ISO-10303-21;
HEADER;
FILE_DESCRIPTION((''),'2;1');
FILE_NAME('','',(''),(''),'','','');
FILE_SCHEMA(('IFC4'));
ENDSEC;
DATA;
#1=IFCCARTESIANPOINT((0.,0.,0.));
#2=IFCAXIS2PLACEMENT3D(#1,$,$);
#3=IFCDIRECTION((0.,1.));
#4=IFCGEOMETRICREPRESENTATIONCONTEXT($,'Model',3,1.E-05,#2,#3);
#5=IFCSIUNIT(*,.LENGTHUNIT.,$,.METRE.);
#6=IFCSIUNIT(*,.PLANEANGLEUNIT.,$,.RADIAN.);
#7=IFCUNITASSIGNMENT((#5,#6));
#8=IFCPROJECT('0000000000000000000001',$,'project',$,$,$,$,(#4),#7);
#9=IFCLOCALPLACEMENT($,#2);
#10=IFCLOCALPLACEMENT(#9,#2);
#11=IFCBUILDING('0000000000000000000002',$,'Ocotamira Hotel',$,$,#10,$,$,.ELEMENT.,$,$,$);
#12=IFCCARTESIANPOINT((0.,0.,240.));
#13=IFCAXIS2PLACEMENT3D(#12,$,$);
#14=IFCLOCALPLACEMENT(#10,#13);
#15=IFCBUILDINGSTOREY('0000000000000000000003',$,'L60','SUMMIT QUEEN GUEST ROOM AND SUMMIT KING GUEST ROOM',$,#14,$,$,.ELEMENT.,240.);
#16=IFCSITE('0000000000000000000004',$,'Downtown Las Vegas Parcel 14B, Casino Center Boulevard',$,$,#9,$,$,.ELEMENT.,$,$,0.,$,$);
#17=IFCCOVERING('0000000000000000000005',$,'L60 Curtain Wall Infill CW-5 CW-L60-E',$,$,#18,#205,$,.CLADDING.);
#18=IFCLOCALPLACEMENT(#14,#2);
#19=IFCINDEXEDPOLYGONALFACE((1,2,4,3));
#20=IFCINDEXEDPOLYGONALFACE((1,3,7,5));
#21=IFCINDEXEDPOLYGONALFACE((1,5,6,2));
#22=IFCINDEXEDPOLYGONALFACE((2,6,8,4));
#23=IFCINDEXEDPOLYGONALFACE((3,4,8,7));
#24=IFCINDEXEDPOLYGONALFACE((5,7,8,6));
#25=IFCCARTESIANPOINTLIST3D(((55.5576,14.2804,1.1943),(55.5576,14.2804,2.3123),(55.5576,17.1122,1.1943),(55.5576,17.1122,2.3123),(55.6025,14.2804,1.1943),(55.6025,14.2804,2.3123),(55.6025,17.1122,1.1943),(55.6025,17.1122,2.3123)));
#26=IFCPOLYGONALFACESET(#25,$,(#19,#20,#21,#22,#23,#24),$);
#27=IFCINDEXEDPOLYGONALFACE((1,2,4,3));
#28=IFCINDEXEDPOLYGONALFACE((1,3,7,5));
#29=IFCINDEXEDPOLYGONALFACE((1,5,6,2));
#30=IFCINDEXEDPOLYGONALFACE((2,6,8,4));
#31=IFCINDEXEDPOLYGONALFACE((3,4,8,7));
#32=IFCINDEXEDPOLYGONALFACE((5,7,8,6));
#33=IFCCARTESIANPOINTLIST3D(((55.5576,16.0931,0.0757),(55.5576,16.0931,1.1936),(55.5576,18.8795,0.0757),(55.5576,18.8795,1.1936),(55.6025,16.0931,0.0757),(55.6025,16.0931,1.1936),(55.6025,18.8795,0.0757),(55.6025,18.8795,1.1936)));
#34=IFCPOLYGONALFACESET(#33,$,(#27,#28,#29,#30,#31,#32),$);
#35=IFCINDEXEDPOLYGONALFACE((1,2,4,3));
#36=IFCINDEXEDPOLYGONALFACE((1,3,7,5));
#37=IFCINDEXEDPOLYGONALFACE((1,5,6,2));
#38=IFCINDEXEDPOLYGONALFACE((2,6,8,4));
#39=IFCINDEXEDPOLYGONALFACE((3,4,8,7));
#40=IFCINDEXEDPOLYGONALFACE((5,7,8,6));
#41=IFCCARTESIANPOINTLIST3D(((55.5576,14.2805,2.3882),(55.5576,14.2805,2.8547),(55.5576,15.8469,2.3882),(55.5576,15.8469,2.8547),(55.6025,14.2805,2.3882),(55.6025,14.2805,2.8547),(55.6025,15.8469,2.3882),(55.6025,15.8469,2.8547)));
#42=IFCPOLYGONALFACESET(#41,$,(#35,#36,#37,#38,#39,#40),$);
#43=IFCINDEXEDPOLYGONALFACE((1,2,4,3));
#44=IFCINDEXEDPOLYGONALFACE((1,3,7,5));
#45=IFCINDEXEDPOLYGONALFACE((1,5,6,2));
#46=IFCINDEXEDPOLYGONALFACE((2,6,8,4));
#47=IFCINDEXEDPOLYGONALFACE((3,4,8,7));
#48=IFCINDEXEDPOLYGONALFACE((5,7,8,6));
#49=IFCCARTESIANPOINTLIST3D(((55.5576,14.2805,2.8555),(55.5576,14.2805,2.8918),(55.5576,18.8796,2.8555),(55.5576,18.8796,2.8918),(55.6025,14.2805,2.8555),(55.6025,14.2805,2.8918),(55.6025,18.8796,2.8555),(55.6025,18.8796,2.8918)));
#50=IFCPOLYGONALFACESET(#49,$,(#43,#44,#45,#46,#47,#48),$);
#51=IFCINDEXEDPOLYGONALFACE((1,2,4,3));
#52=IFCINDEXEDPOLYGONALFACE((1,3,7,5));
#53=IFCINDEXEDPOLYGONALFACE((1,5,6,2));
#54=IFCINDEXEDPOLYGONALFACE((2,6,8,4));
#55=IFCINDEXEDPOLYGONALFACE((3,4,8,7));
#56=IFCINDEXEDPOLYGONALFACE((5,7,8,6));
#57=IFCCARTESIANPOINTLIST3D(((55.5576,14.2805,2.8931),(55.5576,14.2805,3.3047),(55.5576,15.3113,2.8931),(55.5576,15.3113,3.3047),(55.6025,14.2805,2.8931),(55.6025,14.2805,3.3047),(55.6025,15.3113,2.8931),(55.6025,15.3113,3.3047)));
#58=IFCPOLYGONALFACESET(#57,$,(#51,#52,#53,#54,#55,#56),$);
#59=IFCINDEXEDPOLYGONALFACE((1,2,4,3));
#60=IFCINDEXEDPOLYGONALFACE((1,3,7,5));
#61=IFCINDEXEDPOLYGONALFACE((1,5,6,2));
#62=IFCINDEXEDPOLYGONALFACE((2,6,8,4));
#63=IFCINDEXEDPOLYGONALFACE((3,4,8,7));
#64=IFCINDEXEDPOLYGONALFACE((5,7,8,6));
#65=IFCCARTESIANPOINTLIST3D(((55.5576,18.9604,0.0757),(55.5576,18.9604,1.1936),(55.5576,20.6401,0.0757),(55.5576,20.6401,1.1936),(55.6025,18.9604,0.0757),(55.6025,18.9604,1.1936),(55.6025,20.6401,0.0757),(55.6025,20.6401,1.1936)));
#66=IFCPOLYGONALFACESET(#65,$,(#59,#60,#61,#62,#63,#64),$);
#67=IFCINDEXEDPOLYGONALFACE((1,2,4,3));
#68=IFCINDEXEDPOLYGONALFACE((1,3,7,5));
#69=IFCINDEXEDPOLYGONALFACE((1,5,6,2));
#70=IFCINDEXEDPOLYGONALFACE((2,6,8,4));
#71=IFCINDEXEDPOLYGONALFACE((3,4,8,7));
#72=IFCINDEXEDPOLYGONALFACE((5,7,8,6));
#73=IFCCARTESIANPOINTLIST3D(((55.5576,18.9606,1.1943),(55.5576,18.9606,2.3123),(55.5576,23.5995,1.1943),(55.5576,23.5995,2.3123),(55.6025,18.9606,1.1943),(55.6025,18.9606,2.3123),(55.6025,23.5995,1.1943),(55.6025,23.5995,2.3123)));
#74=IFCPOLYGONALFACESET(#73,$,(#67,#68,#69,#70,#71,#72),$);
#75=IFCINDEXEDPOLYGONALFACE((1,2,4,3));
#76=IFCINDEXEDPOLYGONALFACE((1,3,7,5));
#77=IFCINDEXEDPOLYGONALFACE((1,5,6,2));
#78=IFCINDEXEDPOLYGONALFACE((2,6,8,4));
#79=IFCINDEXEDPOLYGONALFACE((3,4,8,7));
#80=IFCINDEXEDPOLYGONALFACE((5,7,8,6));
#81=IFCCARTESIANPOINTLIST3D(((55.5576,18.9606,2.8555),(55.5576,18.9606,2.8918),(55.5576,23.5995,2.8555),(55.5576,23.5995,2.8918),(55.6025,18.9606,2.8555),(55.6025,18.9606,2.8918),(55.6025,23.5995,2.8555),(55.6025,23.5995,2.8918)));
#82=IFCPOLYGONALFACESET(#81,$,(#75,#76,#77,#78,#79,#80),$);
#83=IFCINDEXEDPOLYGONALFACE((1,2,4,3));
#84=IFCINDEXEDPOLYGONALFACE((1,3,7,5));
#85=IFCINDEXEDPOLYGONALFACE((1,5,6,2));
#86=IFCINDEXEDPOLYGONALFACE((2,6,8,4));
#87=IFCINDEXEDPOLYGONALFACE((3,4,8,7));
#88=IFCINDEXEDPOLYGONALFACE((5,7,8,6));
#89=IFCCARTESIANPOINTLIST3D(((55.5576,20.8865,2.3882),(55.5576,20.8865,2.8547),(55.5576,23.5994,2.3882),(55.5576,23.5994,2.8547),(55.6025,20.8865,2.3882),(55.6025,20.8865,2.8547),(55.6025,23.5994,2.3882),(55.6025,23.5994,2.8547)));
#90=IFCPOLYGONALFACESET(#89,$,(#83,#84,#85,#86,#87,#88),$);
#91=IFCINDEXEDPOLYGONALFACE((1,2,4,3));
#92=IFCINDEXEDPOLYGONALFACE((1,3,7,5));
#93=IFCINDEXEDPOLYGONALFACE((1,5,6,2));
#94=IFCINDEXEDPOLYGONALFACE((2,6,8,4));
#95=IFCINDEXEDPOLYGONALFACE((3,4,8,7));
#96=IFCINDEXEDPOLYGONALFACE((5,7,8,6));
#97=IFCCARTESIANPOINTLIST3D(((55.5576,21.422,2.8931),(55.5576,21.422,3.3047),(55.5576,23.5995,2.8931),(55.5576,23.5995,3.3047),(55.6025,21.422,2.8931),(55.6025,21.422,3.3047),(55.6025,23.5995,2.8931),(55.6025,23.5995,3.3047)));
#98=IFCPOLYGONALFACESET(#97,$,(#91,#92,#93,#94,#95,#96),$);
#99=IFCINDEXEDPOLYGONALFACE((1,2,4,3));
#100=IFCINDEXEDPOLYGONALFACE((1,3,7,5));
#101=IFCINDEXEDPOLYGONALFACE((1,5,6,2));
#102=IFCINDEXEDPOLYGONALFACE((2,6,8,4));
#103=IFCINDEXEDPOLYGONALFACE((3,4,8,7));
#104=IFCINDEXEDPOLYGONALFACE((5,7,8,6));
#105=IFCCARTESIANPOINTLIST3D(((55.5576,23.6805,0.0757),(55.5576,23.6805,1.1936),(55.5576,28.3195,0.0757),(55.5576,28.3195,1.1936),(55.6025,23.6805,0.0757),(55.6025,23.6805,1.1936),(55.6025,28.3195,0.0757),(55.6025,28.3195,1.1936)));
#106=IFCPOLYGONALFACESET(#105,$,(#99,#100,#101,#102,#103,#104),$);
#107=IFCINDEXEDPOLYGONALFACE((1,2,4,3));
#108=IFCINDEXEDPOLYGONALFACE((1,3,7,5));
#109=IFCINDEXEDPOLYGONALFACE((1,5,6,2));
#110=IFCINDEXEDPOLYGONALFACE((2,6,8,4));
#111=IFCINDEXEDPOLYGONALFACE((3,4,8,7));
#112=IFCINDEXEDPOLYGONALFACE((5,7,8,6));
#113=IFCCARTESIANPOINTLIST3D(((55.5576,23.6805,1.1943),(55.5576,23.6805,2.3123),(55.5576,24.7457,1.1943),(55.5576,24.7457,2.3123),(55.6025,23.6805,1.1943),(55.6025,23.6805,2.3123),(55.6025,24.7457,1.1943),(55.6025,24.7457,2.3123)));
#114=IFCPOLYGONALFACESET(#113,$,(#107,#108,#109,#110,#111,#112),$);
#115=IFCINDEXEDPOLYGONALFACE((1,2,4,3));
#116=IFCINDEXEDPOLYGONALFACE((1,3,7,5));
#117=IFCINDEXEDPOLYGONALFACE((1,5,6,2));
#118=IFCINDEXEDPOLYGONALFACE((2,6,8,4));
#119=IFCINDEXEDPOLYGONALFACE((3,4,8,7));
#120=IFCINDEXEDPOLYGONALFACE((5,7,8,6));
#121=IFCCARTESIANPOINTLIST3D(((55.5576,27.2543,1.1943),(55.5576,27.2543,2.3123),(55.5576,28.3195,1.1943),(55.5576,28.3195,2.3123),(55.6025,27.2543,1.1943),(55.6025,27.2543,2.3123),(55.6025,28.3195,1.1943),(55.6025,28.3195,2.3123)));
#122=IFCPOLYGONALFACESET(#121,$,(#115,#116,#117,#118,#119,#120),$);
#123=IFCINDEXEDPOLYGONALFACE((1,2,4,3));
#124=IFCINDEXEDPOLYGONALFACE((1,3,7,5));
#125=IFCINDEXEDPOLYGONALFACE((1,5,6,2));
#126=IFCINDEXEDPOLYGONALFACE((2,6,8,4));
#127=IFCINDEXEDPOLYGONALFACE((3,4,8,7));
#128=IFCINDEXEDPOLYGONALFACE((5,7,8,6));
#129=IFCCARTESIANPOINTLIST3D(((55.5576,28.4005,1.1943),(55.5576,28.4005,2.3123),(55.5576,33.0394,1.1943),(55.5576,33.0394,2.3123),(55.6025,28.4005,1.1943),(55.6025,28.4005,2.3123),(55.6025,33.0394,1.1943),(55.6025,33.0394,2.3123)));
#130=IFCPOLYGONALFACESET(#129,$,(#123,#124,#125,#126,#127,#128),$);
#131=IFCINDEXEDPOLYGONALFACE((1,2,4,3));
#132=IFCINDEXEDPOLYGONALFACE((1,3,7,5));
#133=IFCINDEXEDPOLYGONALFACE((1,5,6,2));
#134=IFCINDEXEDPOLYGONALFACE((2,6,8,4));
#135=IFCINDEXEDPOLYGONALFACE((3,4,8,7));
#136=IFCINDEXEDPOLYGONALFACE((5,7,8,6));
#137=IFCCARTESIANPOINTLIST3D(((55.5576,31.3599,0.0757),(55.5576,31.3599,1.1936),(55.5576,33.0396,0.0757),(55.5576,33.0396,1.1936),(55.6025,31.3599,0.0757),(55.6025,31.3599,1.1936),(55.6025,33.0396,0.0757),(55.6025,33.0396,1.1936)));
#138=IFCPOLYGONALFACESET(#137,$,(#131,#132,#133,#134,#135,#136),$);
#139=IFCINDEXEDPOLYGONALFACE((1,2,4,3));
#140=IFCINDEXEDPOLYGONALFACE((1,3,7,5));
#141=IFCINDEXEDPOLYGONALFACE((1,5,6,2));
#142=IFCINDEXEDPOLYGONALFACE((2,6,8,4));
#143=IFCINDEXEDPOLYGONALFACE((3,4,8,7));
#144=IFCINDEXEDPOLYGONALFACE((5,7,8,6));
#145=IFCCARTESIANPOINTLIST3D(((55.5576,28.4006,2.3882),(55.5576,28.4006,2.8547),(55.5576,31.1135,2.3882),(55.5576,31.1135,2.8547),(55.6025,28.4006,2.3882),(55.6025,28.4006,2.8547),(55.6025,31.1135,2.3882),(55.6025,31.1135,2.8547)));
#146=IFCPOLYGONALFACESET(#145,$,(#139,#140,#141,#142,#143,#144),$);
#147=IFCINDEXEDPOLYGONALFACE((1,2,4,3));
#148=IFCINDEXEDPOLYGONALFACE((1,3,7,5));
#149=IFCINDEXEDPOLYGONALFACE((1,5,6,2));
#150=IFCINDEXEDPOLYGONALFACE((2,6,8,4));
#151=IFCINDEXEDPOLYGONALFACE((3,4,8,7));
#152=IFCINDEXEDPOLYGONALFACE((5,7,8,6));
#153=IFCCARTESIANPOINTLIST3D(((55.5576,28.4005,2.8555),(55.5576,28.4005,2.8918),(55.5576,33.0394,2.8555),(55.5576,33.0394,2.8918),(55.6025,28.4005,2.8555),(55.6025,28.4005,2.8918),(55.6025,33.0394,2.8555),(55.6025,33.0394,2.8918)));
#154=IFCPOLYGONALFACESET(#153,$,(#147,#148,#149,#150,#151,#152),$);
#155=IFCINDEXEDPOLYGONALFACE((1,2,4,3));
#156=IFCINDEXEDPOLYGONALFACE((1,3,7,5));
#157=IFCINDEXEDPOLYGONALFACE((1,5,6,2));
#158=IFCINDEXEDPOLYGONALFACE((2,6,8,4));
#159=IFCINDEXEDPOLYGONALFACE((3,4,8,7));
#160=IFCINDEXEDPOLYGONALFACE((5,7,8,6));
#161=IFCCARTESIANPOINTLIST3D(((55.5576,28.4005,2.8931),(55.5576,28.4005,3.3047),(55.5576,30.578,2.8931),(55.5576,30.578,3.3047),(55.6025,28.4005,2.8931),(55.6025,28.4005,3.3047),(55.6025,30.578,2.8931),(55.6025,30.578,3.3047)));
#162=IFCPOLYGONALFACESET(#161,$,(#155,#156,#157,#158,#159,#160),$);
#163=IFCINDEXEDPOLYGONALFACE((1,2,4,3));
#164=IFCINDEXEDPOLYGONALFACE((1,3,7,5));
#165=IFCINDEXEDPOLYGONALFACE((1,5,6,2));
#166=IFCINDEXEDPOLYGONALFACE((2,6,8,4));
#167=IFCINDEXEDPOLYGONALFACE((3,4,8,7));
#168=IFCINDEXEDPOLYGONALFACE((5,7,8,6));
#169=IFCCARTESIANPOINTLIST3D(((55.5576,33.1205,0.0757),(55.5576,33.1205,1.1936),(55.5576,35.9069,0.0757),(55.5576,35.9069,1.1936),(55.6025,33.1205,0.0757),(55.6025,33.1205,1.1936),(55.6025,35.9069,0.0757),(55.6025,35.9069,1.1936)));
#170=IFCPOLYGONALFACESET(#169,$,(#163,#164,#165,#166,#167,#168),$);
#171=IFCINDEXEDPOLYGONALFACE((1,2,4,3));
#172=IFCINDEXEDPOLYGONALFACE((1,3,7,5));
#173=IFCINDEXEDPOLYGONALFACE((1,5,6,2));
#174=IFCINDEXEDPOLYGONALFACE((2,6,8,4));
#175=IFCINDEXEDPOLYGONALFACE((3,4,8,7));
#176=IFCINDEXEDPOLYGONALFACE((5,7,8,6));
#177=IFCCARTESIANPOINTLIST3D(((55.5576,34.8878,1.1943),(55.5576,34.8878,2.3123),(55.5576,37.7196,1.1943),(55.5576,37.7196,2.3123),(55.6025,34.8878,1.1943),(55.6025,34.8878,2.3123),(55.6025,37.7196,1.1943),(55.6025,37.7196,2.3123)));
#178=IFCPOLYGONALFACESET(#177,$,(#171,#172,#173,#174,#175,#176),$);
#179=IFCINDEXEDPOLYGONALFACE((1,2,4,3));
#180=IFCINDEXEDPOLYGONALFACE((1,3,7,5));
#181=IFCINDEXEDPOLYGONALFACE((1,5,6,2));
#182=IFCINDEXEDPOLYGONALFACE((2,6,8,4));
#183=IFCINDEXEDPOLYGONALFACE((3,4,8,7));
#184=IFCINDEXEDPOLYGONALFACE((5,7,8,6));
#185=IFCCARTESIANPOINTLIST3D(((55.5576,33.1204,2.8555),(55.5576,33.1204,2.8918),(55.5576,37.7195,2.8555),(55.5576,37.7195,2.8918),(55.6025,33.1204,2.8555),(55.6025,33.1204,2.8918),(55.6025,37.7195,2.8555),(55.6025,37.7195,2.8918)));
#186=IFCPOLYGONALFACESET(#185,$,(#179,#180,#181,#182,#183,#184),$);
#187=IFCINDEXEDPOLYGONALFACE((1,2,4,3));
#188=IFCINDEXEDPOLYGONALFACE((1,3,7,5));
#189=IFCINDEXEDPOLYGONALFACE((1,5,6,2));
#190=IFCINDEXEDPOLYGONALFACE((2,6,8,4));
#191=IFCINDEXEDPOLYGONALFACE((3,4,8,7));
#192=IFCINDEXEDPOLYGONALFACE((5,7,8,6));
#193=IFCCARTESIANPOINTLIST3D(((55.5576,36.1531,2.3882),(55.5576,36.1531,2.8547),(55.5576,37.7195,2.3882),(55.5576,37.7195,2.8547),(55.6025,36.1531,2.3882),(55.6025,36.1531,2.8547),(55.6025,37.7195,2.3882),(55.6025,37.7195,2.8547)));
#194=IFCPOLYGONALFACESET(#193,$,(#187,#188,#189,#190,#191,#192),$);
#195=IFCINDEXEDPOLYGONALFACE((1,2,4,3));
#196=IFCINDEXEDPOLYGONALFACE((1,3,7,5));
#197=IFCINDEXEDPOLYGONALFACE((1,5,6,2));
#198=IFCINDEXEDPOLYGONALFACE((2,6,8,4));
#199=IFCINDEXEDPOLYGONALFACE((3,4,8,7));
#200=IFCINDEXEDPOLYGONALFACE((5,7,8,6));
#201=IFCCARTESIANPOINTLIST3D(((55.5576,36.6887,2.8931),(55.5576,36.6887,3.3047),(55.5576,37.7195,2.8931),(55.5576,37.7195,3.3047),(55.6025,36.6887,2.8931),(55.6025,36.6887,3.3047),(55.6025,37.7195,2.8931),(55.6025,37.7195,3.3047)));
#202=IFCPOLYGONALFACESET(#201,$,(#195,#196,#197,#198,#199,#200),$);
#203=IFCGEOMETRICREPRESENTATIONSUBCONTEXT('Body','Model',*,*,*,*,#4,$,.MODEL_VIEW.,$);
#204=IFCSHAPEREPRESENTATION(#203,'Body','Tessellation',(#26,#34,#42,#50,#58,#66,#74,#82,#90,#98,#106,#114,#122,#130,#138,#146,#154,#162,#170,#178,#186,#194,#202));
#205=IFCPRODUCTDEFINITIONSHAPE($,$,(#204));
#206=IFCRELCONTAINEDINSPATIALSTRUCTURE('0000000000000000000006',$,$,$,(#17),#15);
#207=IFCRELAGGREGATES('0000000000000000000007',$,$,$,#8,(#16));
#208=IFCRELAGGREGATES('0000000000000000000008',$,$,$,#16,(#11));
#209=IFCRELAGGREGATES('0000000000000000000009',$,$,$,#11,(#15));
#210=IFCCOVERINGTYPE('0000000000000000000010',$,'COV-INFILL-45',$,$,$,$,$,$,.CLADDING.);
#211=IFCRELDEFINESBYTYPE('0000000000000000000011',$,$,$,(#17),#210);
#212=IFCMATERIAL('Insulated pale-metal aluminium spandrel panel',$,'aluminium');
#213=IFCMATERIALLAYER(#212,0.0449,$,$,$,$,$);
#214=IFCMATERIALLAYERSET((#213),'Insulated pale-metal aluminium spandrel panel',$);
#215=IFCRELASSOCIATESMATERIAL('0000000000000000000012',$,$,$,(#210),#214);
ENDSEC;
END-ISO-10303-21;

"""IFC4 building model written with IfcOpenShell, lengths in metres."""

from ifc_helpers import new_model, si_unit, direction, frame, origin, origin_2d, place, context, subcontext, project, spatial, rectangle, extrude, material, layer, layer_set, type_object, element, save


model = new_model("IFC4")

# Units and contexts
model_context = context("Model", 3, precision=1e-05, world=origin(), true_north=direction((0.0, 1.0)))
body_context = subcontext(model_context, "Body", "Model", "MODEL_VIEW")
ifc_project = project(units=[si_unit("LENGTHUNIT", "METRE"), si_unit("PLANEANGLEUNIT", "RADIAN")], contexts=[model_context])

# Site, building, storey
site_placement = place(None, origin())
site = spatial("IfcSite", under=ifc_project, at=site_placement, Name="Downtown Las Vegas Parcel 14B, Casino Center Boulevard", CompositionType="ELEMENT", RefElevation=0.0)
building_placement = place(site_placement, origin())
building = spatial("IfcBuilding", under=site, at=building_placement, Name="Ocotamira Hotel", CompositionType="ELEMENT")
storey_placement = place(building_placement, frame((0.0, 0.0, 240.0)))
storey = spatial("IfcBuildingStorey", under=building, at=storey_placement, Name="L60", Description="SUMMIT QUEEN GUEST ROOM AND SUMMIT KING GUEST ROOM", CompositionType="ELEMENT", Elevation=240.0)

# Covering
ifc_material_1 = material(Name="Insulated pale-metal aluminium spandrel panel", Category="aluminium")
ifc_layer_1 = layer(ifc_material_1, 0.0449)
ifc_layer_set_1 = layer_set([ifc_layer_1], Name="Insulated pale-metal aluminium spandrel panel")
covering_type_1 = type_object("IfcCoveringType", Name="COV-INFILL-45", PredefinedType="CLADDING", material=ifc_layer_set_1)
covering_1_placement = place(storey_placement, origin())
element("IfcCovering", 1, at=covering_1_placement, inside=storey, type_object=covering_type_1, Name="L60 Curtain Wall Infill CW-5 CW-L60-E", PredefinedType="CLADDING", context=body_context, shape_type="SweptSolid", body=[
    extrude(rectangle(XDim=2.8318, YDim=0.0449, at=origin_2d()), frame((55.5801, 15.6963, 1.1943), z_axis=(0.0, 0.0, 1.0), x_axis=(0.0, 1.0, 0.0)), (0.0, 0.0, 1.0), 1.1179),
    extrude(rectangle(XDim=2.7864, YDim=0.0449, at=origin_2d()), frame((55.5801, 17.4863, 0.0757), z_axis=(0.0, 0.0, 1.0), x_axis=(0.0, 1.0, 0.0)), (0.0, 0.0, 1.0), 1.1179),
    extrude(rectangle(XDim=1.5664, YDim=0.0449, at=origin_2d()), frame((55.5801, 15.0637, 2.3882), z_axis=(0.0, 0.0, 1.0), x_axis=(0.0, 1.0, 0.0)), (0.0, 0.0, 1.0), 0.4666),
    extrude(rectangle(XDim=4.5991, YDim=0.0449, at=origin_2d()), frame((55.5801, 16.5801, 2.8555), z_axis=(0.0, 0.0, 1.0), x_axis=(0.0, 1.0, 0.0)), (0.0, 0.0, 1.0), 0.0364),
    extrude(rectangle(XDim=1.0308, YDim=0.0449, at=origin_2d()), frame((55.5801, 14.7959, 2.8931), z_axis=(0.0, 0.0, 1.0), x_axis=(0.0, 1.0, 0.0)), (0.0, 0.0, 1.0), 0.4116),
    extrude(rectangle(XDim=1.6797, YDim=0.0449, at=origin_2d()), frame((55.5801, 19.8003, 0.0757), z_axis=(0.0, 0.0, 1.0), x_axis=(0.0, 1.0, 0.0)), (0.0, 0.0, 1.0), 1.1179),
    extrude(rectangle(XDim=4.6389, YDim=0.0449, at=origin_2d()), frame((55.5801, 21.28, 1.1943), z_axis=(0.0, 0.0, 1.0), x_axis=(0.0, 1.0, 0.0)), (0.0, 0.0, 1.0), 1.1179),
    extrude(rectangle(XDim=4.6389, YDim=0.0449, at=origin_2d()), frame((55.5801, 21.28, 2.8555), z_axis=(0.0, 0.0, 1.0), x_axis=(0.0, 1.0, 0.0)), (0.0, 0.0, 1.0), 0.0364),
    extrude(rectangle(XDim=2.7129, YDim=0.0449, at=origin_2d()), frame((55.5801, 22.2429, 2.3882), z_axis=(0.0, 0.0, 1.0), x_axis=(0.0, 1.0, 0.0)), (0.0, 0.0, 1.0), 0.4666),
    extrude(rectangle(XDim=2.1775, YDim=0.0449, at=origin_2d()), frame((55.5801, 22.5107, 2.8931), z_axis=(0.0, 0.0, 1.0), x_axis=(0.0, 1.0, 0.0)), (0.0, 0.0, 1.0), 0.4116),
    extrude(rectangle(XDim=4.6389, YDim=0.0449, at=origin_2d()), frame((55.5801, 26.0, 0.0757), z_axis=(0.0, 0.0, 1.0), x_axis=(0.0, 1.0, 0.0)), (0.0, 0.0, 1.0), 1.1179),
    extrude(rectangle(XDim=1.0652, YDim=0.0449, at=origin_2d()), frame((55.5801, 24.2131, 1.1943), z_axis=(0.0, 0.0, 1.0), x_axis=(0.0, 1.0, 0.0)), (0.0, 0.0, 1.0), 1.1179),
    extrude(rectangle(XDim=1.0652, YDim=0.0449, at=origin_2d()), frame((55.5801, 27.7869, 1.1943), z_axis=(0.0, 0.0, 1.0), x_axis=(0.0, 1.0, 0.0)), (0.0, 0.0, 1.0), 1.1179),
    extrude(rectangle(XDim=4.6389, YDim=0.0449, at=origin_2d()), frame((55.5801, 30.72, 1.1943), z_axis=(0.0, 0.0, 1.0), x_axis=(0.0, 1.0, 0.0)), (0.0, 0.0, 1.0), 1.1179),
    extrude(rectangle(XDim=1.6797, YDim=0.0449, at=origin_2d()), frame((55.5801, 32.1997, 0.0757), z_axis=(0.0, 0.0, 1.0), x_axis=(0.0, 1.0, 0.0)), (0.0, 0.0, 1.0), 1.1179),
    extrude(rectangle(XDim=2.7129, YDim=0.0449, at=origin_2d()), frame((55.5801, 29.7571, 2.3882), z_axis=(0.0, 0.0, 1.0), x_axis=(0.0, 1.0, 0.0)), (0.0, 0.0, 1.0), 0.4666),
    extrude(rectangle(XDim=4.6389, YDim=0.0449, at=origin_2d()), frame((55.5801, 30.72, 2.8555), z_axis=(0.0, 0.0, 1.0), x_axis=(0.0, 1.0, 0.0)), (0.0, 0.0, 1.0), 0.0364),
    extrude(rectangle(XDim=2.1775, YDim=0.0449, at=origin_2d()), frame((55.5801, 29.4893, 2.8931), z_axis=(0.0, 0.0, 1.0), x_axis=(0.0, 1.0, 0.0)), (0.0, 0.0, 1.0), 0.4116),
    extrude(rectangle(XDim=2.7864, YDim=0.0449, at=origin_2d()), frame((55.5801, 34.5137, 0.0757), z_axis=(0.0, 0.0, 1.0), x_axis=(0.0, 1.0, 0.0)), (0.0, 0.0, 1.0), 1.1179),
    extrude(rectangle(XDim=2.8318, YDim=0.0449, at=origin_2d()), frame((55.5801, 36.3037, 1.1943), z_axis=(0.0, 0.0, 1.0), x_axis=(0.0, 1.0, 0.0)), (0.0, 0.0, 1.0), 1.1179),
    extrude(rectangle(XDim=4.5991, YDim=0.0449, at=origin_2d()), frame((55.5801, 35.4199, 2.8555), z_axis=(0.0, 0.0, 1.0), x_axis=(0.0, 1.0, 0.0)), (0.0, 0.0, 1.0), 0.0364),
    extrude(rectangle(XDim=1.5664, YDim=0.0449, at=origin_2d()), frame((55.5801, 36.9363, 2.3882), z_axis=(0.0, 0.0, 1.0), x_axis=(0.0, 1.0, 0.0)), (0.0, 0.0, 1.0), 0.4666),
    extrude(rectangle(XDim=1.0308, YDim=0.0449, at=origin_2d()), frame((55.5801, 37.2041, 2.8931), z_axis=(0.0, 0.0, 1.0), x_axis=(0.0, 1.0, 0.0)), (0.0, 0.0, 1.0), 0.4116),
])

save(model, "model.ifc")
